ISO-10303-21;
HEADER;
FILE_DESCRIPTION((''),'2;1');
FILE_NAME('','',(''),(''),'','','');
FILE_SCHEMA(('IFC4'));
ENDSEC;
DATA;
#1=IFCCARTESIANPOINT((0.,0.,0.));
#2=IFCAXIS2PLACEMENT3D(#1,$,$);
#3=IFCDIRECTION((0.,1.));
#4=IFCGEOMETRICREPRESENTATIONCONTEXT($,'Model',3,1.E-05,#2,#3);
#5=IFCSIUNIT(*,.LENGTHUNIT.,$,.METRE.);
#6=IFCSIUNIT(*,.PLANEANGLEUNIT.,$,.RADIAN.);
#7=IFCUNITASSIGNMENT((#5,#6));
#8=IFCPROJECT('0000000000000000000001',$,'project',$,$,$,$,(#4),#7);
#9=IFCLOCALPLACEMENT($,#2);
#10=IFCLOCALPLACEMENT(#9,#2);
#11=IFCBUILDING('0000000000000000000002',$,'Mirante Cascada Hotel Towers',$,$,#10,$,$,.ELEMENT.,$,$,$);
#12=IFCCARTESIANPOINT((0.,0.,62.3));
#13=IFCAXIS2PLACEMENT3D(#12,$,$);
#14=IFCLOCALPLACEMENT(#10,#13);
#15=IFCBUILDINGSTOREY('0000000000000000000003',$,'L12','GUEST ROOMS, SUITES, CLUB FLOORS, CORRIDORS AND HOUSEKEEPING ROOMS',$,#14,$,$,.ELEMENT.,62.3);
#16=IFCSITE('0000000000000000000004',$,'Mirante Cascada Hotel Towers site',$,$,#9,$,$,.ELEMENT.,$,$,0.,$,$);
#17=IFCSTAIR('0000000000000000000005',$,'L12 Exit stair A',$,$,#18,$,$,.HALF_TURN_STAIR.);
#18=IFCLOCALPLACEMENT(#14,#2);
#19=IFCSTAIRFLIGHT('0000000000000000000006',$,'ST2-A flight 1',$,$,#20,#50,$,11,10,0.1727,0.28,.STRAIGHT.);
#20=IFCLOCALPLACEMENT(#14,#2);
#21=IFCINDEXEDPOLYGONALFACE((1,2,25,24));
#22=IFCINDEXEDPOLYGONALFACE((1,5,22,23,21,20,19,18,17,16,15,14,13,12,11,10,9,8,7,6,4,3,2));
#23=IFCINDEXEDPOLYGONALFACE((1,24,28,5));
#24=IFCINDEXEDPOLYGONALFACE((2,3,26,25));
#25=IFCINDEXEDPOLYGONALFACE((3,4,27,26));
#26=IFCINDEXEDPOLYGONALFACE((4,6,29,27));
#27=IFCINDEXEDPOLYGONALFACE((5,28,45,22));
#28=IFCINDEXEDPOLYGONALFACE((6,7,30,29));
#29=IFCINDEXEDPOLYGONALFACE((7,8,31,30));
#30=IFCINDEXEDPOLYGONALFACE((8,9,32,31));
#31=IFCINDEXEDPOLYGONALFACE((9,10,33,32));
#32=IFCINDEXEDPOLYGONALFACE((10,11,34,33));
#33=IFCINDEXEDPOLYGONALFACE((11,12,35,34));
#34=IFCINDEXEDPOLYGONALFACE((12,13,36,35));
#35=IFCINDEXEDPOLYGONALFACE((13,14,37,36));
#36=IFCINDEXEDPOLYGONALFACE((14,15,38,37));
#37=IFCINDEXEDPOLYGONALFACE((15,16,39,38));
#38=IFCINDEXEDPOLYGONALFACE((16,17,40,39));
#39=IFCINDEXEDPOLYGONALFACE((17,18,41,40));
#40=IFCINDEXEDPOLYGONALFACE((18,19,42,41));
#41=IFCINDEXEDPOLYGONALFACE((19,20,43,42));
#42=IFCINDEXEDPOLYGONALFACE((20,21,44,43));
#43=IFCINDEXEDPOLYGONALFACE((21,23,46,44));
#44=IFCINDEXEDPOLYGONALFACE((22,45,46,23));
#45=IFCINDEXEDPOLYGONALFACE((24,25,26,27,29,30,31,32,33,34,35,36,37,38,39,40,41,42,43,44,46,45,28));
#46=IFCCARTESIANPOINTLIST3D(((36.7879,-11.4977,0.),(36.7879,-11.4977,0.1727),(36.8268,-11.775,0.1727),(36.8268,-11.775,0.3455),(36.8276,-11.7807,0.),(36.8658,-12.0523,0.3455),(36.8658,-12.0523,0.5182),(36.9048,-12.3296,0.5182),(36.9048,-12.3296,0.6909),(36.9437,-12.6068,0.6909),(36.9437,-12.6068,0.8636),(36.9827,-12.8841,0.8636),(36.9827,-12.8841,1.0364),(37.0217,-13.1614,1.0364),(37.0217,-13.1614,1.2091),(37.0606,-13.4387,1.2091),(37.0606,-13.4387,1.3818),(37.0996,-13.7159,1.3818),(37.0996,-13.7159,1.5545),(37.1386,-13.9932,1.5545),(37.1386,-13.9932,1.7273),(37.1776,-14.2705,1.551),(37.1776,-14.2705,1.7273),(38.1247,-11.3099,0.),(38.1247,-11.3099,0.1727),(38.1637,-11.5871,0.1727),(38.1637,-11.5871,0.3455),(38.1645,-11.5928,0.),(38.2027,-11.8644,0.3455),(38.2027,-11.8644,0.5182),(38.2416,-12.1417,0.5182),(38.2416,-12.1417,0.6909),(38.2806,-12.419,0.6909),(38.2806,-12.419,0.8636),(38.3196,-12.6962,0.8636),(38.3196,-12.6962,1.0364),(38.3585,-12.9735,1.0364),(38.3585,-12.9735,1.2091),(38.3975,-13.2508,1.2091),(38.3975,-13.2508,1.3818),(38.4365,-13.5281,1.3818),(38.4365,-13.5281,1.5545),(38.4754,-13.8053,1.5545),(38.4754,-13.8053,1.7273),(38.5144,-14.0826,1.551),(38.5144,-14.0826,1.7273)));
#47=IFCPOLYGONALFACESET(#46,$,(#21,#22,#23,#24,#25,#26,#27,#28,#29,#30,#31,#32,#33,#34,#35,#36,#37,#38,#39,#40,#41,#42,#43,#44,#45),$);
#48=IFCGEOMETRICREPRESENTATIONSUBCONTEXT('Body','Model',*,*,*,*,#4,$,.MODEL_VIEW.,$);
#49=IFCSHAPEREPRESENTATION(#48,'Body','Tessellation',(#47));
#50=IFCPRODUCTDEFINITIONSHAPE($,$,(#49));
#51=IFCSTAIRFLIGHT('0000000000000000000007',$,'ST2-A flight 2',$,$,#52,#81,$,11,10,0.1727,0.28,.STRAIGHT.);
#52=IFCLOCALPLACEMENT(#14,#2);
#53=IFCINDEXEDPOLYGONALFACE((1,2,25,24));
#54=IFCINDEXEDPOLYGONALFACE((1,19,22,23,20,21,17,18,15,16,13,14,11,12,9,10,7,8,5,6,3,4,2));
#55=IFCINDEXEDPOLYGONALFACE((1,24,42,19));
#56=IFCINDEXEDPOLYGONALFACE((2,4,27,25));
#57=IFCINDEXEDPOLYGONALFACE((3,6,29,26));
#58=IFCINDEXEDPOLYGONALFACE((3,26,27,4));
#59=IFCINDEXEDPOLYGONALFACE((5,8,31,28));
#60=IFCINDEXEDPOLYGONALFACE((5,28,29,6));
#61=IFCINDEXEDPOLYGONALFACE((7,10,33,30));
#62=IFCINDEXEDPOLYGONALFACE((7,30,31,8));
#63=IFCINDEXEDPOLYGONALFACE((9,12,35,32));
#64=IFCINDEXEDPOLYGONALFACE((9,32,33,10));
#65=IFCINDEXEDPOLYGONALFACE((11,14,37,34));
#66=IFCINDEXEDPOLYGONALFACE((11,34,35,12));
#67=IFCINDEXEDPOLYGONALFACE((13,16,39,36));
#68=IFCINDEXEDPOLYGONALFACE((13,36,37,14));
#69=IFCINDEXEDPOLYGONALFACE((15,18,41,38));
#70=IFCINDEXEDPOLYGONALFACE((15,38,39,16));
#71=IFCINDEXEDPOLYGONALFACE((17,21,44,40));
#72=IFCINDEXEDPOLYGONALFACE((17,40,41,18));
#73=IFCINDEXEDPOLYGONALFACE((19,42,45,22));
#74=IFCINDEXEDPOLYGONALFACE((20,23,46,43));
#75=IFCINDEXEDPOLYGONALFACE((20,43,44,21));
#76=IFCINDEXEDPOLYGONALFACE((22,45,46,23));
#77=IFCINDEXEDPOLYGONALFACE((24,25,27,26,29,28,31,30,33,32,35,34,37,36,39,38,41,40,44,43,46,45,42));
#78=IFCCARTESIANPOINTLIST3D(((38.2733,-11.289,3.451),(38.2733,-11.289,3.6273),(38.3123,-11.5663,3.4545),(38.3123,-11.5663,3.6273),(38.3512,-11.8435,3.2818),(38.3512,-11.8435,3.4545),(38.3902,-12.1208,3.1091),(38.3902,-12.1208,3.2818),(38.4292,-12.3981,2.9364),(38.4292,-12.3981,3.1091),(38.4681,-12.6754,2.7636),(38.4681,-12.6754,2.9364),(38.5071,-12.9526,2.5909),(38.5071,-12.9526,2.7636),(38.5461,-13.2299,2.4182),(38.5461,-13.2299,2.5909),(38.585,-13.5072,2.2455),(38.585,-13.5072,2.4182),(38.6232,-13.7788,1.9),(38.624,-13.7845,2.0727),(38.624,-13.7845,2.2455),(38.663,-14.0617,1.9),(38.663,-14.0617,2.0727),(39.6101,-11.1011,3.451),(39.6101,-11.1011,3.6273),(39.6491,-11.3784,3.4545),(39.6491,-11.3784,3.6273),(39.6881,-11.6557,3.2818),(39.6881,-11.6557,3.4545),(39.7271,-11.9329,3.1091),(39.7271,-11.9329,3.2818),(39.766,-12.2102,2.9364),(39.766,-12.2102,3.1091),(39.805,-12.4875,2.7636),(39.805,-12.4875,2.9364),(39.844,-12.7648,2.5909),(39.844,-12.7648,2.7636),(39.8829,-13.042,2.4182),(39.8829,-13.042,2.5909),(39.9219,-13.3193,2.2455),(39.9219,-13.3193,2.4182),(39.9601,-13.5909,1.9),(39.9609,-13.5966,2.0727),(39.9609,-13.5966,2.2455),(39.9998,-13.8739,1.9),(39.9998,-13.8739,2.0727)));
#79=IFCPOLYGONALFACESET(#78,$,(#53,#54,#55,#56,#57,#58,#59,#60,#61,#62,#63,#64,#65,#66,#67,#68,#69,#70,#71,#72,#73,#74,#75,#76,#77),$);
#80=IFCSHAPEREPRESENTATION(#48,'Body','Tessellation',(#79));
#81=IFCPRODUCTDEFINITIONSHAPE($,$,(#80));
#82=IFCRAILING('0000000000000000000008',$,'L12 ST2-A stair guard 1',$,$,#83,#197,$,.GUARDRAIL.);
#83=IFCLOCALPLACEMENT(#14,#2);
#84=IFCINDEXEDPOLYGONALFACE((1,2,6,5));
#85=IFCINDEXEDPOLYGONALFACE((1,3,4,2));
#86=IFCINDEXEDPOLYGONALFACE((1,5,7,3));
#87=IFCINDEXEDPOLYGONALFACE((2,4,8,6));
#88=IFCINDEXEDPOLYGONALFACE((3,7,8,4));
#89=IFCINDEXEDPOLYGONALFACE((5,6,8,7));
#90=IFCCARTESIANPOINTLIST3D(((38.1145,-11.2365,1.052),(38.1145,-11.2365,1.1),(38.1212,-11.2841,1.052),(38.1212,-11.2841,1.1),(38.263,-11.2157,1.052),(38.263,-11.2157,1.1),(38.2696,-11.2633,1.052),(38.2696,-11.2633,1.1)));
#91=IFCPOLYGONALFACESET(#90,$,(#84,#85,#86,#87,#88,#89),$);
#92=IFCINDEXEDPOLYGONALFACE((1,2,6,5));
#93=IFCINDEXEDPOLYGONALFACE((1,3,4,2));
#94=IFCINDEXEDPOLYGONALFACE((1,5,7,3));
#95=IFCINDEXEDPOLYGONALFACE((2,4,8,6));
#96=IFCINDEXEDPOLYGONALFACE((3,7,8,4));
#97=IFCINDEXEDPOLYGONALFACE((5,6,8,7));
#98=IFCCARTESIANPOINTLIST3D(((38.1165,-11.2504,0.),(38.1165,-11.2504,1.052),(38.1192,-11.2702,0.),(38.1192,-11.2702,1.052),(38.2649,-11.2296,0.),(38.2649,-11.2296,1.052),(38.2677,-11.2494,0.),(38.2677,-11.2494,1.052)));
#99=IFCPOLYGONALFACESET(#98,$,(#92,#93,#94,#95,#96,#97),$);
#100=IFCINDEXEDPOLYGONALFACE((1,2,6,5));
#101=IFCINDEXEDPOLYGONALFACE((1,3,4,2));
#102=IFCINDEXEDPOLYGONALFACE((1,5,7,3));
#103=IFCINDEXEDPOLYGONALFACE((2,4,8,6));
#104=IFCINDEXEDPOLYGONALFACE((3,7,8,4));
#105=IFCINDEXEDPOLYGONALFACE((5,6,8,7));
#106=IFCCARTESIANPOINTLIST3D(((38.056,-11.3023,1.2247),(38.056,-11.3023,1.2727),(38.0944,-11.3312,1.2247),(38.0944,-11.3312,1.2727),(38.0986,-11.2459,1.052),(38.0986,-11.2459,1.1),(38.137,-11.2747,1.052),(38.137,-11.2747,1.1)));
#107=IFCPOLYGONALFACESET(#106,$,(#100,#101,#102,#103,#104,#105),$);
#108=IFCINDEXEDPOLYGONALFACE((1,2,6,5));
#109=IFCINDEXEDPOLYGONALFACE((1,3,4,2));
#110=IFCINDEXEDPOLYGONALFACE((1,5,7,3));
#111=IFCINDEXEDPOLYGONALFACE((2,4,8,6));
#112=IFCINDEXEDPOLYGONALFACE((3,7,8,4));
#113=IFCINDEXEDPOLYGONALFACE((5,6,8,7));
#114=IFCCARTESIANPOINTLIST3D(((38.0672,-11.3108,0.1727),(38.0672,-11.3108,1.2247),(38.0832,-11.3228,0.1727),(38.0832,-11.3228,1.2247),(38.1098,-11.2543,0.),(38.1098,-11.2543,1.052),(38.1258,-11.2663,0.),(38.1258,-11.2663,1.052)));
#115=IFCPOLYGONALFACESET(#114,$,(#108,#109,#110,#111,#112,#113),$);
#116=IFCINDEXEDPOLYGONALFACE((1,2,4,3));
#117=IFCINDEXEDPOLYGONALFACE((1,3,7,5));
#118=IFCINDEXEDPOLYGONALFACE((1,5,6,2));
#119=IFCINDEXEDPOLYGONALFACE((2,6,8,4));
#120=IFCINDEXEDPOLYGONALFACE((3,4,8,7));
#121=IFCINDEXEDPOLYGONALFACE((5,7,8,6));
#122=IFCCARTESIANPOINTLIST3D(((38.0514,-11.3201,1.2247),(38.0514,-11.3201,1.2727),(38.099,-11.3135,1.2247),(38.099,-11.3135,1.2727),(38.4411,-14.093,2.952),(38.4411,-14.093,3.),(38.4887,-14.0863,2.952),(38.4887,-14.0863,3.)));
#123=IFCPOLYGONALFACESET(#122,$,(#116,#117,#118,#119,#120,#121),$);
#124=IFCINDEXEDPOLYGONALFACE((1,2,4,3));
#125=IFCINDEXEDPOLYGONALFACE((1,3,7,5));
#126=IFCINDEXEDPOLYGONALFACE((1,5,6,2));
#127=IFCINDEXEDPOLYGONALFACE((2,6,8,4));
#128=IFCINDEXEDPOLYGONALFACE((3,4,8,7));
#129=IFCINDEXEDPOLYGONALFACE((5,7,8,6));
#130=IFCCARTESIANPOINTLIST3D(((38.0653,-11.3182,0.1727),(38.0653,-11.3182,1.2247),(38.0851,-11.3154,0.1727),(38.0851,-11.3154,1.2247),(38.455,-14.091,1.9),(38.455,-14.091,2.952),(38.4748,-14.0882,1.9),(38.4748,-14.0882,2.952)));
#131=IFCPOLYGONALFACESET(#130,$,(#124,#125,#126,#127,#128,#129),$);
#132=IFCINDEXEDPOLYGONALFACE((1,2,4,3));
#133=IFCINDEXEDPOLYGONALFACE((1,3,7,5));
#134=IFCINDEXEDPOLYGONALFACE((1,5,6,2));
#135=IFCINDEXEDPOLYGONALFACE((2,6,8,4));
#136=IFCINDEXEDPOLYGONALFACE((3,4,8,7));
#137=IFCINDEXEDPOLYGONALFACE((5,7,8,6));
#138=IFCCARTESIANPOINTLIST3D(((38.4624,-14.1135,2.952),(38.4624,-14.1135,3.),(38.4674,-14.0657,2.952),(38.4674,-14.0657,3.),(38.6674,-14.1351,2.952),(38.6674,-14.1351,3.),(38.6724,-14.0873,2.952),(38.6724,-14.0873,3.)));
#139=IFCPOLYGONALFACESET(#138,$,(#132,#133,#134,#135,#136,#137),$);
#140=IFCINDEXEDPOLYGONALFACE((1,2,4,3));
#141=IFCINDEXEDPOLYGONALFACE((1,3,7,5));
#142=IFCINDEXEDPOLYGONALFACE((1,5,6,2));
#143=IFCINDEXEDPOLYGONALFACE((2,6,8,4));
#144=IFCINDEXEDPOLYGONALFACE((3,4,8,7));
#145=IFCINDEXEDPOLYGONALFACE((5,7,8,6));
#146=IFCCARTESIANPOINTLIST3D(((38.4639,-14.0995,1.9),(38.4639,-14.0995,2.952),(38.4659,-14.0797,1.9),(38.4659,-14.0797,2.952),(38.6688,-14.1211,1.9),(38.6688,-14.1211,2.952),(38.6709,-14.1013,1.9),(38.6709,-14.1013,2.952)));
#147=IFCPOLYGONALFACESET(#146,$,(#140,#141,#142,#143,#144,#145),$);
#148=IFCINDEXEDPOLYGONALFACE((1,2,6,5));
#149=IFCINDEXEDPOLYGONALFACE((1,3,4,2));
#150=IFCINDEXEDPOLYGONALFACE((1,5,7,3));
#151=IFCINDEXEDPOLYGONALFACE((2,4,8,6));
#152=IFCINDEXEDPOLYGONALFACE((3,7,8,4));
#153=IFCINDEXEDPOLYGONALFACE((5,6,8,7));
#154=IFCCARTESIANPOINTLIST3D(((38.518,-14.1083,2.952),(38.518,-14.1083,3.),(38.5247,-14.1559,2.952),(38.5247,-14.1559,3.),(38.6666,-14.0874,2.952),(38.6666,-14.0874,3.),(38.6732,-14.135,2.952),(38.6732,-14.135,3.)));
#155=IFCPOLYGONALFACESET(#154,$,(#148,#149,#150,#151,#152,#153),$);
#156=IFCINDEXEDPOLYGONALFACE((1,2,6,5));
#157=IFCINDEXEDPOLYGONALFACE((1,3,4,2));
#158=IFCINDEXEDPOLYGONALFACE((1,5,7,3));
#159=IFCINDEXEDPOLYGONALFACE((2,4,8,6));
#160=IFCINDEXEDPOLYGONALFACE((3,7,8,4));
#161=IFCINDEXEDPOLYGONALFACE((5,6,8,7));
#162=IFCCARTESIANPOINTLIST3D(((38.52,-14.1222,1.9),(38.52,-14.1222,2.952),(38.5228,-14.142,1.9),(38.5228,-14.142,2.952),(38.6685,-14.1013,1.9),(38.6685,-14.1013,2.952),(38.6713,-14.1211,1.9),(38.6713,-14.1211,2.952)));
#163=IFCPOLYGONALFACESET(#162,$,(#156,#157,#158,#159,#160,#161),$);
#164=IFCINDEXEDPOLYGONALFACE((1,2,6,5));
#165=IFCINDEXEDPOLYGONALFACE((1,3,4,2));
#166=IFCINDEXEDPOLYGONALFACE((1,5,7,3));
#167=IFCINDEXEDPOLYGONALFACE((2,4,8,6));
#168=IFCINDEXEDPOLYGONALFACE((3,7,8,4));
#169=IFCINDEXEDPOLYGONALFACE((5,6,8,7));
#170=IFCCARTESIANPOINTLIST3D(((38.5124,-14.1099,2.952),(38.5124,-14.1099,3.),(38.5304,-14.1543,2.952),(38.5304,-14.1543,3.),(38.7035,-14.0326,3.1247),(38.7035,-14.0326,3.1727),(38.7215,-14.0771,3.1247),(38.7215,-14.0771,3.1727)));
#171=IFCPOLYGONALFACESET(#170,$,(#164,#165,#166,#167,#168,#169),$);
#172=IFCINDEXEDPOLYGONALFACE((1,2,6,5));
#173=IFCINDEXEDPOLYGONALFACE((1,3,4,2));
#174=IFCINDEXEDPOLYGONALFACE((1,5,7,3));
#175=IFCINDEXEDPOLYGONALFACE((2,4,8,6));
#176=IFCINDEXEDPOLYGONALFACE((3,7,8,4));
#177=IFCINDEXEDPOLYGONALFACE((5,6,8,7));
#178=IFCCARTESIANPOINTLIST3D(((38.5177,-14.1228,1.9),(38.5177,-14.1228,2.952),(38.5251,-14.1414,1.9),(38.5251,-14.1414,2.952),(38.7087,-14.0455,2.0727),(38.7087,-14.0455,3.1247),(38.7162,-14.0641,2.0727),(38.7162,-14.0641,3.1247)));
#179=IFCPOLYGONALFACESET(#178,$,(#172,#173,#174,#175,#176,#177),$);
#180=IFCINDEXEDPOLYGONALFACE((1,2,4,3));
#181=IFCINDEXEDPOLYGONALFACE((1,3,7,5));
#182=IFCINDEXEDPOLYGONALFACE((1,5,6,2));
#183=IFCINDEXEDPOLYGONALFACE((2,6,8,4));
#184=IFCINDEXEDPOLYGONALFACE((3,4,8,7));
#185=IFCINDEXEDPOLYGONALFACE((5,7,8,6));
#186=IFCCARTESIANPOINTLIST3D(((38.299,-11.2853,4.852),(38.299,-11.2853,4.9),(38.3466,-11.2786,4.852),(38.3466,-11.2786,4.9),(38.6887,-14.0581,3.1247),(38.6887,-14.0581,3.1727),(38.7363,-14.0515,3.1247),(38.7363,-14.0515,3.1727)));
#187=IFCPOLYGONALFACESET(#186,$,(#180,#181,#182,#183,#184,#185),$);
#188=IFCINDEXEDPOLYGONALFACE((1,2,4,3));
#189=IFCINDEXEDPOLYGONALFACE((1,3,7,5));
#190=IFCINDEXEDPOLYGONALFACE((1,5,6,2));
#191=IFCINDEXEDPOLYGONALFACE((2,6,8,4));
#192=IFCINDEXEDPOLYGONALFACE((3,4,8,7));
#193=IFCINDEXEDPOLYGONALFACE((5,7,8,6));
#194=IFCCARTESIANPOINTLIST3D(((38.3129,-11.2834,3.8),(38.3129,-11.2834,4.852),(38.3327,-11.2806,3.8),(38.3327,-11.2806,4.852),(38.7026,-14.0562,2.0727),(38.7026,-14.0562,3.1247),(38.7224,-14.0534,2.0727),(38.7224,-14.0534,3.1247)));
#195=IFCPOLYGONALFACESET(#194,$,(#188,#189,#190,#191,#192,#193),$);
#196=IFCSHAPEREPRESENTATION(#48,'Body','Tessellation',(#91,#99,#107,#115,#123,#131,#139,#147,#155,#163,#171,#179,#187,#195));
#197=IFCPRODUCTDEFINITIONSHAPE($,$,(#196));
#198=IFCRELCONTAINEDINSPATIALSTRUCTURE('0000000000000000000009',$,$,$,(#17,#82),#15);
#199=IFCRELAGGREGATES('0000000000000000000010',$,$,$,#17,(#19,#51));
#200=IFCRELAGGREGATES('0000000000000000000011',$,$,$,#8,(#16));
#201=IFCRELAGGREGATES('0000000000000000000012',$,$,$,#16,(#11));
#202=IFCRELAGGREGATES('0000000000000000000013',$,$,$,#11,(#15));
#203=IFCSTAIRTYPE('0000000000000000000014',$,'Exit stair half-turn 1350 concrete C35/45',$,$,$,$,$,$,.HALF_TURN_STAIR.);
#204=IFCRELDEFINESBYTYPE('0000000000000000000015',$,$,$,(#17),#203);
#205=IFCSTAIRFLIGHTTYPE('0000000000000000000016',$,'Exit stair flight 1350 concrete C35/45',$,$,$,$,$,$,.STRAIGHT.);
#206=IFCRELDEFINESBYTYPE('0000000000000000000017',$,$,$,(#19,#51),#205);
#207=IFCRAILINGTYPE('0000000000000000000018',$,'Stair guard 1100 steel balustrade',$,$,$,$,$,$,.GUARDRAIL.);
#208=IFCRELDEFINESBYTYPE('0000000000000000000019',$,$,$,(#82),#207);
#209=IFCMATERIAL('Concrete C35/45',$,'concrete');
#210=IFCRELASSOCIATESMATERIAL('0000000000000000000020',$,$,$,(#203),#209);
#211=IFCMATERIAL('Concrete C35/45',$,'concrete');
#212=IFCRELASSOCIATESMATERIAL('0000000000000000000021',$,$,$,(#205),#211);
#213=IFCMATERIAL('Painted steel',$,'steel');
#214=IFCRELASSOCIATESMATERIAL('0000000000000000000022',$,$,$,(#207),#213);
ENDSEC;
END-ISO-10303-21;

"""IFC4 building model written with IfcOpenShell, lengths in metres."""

from ifc_helpers import new_model, si_unit, direction, frame, origin, origin_2d, place, context, subcontext, project, spatial, polyline, rectangle, outline, extrude, material, type_object, element, aggregate, save


model = new_model("IFC4")

# Units and contexts
model_context = context("Model", 3, precision=1e-05, world=origin(), true_north=direction((0.0, 1.0)))
body_context = subcontext(model_context, "Body", "Model", "MODEL_VIEW")
ifc_project = project(units=[si_unit("LENGTHUNIT", "METRE"), si_unit("PLANEANGLEUNIT", "RADIAN")], contexts=[model_context])

# Site, building, storey
site_placement = place(None, origin())
site = spatial("IfcSite", under=ifc_project, at=site_placement, Name="Mirante Cascada Hotel Towers site", CompositionType="ELEMENT", RefElevation=0.0)
building_placement = place(site_placement, origin())
building = spatial("IfcBuilding", under=site, at=building_placement, Name="Mirante Cascada Hotel Towers", CompositionType="ELEMENT")
storey_placement = place(building_placement, frame((0.0, 0.0, 62.3)))
storey = spatial("IfcBuildingStorey", under=building, at=storey_placement, Name="L12", Description="GUEST ROOMS, SUITES, CLUB FLOORS, CORRIDORS AND HOUSEKEEPING ROOMS", CompositionType="ELEMENT", Elevation=62.3)

# Stair, stair flights
ifc_material_1 = material(Name="Concrete C35/45", Category="concrete")
stair_type = type_object("IfcStairType", Name="Exit stair half-turn 1350 concrete C35/45", PredefinedType="HALF_TURN_STAIR", material=ifc_material_1)
stair_placement = place(storey_placement, origin())
stair = element("IfcStair", 1, at=stair_placement, inside=storey, type_object=stair_type, Name="L12 Exit stair A", PredefinedType="HALF_TURN_STAIR")
ifc_material_2 = material(Name="Concrete C35/45", Category="concrete")
stair_flight_type = type_object("IfcStairFlightType", Name="Exit stair flight 1350 concrete C35/45", PredefinedType="STRAIGHT", material=ifc_material_2)
stair_flight_1_placement = place(storey_placement, frame((37.4563, -11.4038, 0.0), z_axis=(0.0, 0.0, 1.0), x_axis=(0.139173, -0.990268, 0.0)))
stair_flight_1 = element("IfcStairFlight", 2, at=stair_flight_1_placement, type_object=stair_flight_type, Name="ST2-A flight 1", NumberOfRisers=11, NumberOfTreads=10, PredefinedType="STRAIGHT", RiserHeight=0.1727, TreadLength=0.28, context=body_context, shape_type="SweptSolid", body=[
    extrude(outline(polyline([(0.0, 0.0), (0.0, 0.1727), (0.28, 0.1727), (0.28, 0.3455), (0.56, 0.3455), (0.56, 0.5182), (0.84, 0.5182), (0.84, 0.6909), (1.12, 0.6909), (1.12, 0.8636), (1.4, 0.8636), (1.4, 1.0364), (1.68, 1.0364), (1.68, 1.2091), (1.96, 1.2091), (1.96, 1.3818), (2.24, 1.3818), (2.24, 1.5545), (2.52, 1.5545), (2.52, 1.7273), (2.8, 1.7273), (2.8, 1.9), (2.8, 1.551), (0.2857, 0.0), (0.0, 0.0)])), frame((0.0, 0.675, 0.0), z_axis=(0.0, -1.0, 0.0), x_axis=(1.0, 0.0, 0.0)), (0.0, 0.0, 1.0), 1.35),
])
stair_flight_2_placement = place(storey_placement, frame((39.3314, -13.9678, 1.9), z_axis=(0.0, 0.0, 1.0), x_axis=(-0.139173, 0.990268, 0.0)))
stair_flight_2 = element("IfcStairFlight", 3, at=stair_flight_2_placement, type_object=stair_flight_type, Name="ST2-A flight 2", NumberOfRisers=11, NumberOfTreads=10, PredefinedType="STRAIGHT", RiserHeight=0.1727, TreadLength=0.28, context=body_context, shape_type="SweptSolid", body=[
    extrude(outline(polyline([(0.0, 0.0), (0.0, 0.1727), (0.28, 0.1727), (0.28, 0.3455), (0.56, 0.3455), (0.56, 0.5182), (0.84, 0.5182), (0.84, 0.6909), (1.12, 0.6909), (1.12, 0.8636), (1.4, 0.8636), (1.4, 1.0364), (1.68, 1.0364), (1.68, 1.2091), (1.96, 1.2091), (1.96, 1.3818), (2.24, 1.3818), (2.24, 1.5545), (2.52, 1.5545), (2.52, 1.7273), (2.8, 1.7273), (2.8, 1.9), (2.8, 1.551), (0.2857, 0.0), (0.0, 0.0)])), frame((0.0, 0.675, 0.0), z_axis=(0.0, -1.0, 0.0), x_axis=(1.0, 0.0, 0.0)), (0.0, 0.0, 1.0), 1.35),
])
aggregate(stair, [stair_flight_1, stair_flight_2])

# Railing
ifc_material_3 = material(Name="Painted steel", Category="steel")
railing_type = type_object("IfcRailingType", Name="Stair guard 1100 steel balustrade", PredefinedType="GUARDRAIL", material=ifc_material_3)
railing_placement = place(storey_placement, frame((38.2663, -11.2395, 0.0)))
element("IfcRailing", 4, at=railing_placement, inside=storey, type_object=railing_type, Name="L12 ST2-A stair guard 1", PredefinedType="GUARDRAIL", context=body_context, shape_type="SweptSolid", body=[
    extrude(rectangle(XDim=0.048, YDim=0.048, at=origin_2d()), frame((0.0, 0.0, 1.076), z_axis=(-0.990333, -0.138713, 0.0), x_axis=(0.138713, -0.990333, 0.0)), (0.0, 0.0, 1.0), 0.1499),
    extrude(rectangle(XDim=0.02, YDim=1.052, at=origin_2d()), frame((0.0, 0.0, 0.526), z_axis=(-0.990333, -0.138713, 0.0), x_axis=(0.138713, -0.990333, 0.0)), (0.0, 0.0, 1.0), 0.1499),
    extrude(rectangle(XDim=0.048, YDim=0.048, at=origin_2d()), frame((-0.1485, -0.0208, 1.076), z_axis=(-0.602033, -0.798471, 0.0), x_axis=(0.798471, -0.602033, 0.0)), (0.0, 0.92534, 0.379139), 0.1866),
    extrude(rectangle(XDim=0.02, YDim=1.052, at=origin_2d()), frame((-0.1485, -0.0208, 0.526), z_axis=(-0.602033, -0.798471, 0.0), x_axis=(0.798471, -0.602033, 0.0)), (0.0, 0.92534, 0.379139), 0.1866),
    extrude(rectangle(XDim=0.048, YDim=0.048, at=origin_2d()), frame((-0.1911, -0.0773, 1.2487), z_axis=(0.139176, -0.990268, 0.0), x_axis=(0.990268, 0.139176, 0.0)), (0.0, 0.525021, 0.851089), 3.29),
    extrude(rectangle(XDim=0.02, YDim=1.052, at=origin_2d()), frame((-0.1911, -0.0773, 0.6987), z_axis=(0.139176, -0.990268, 0.0), x_axis=(0.990268, 0.139176, 0.0)), (0.0, 0.525021, 0.851089), 3.29),
    extrude(rectangle(XDim=0.048, YDim=0.048, at=origin_2d()), frame((0.1986, -2.8501, 2.976), z_axis=(0.994495, -0.104786, 0.0), x_axis=(0.104786, 0.994495, 0.0)), (0.0, 0.0, 1.0), 0.2061),
    extrude(rectangle(XDim=0.02, YDim=1.052, at=origin_2d()), frame((0.1986, -2.8501, 2.426), z_axis=(0.994495, -0.104786, 0.0), x_axis=(0.104786, 0.994495, 0.0)), (0.0, 0.0, 1.0), 0.2061),
    extrude(rectangle(XDim=0.048, YDim=0.048, at=origin_2d()), frame((0.4036, -2.8717, 2.976), z_axis=(-0.990241, -0.139367, 0.0), x_axis=(0.139367, -0.990241, 0.0)), (0.0, 0.0, 1.0), 0.15),
    extrude(rectangle(XDim=0.02, YDim=1.052, at=origin_2d()), frame((0.4036, -2.8717, 2.426), z_axis=(-0.990241, -0.139367, 0.0), x_axis=(0.139367, -0.990241, 0.0)), (0.0, 0.0, 1.0), 0.15),
    extrude(rectangle(XDim=0.048, YDim=0.048, at=origin_2d()), frame((0.2551, -2.8926, 2.976), z_axis=(0.927031, 0.374984, 0.0), x_axis=(-0.374984, 0.927031, 0.0)), (0.0, 0.64219, 0.766545), 0.2689),
    extrude(rectangle(XDim=0.02, YDim=1.052, at=origin_2d()), frame((0.2551, -2.8926, 2.426), z_axis=(0.927031, 0.374984, 0.0), x_axis=(-0.374984, 0.927031, 0.0)), (0.0, 0.64219, 0.766545), 0.2689),
    extrude(rectangle(XDim=0.048, YDim=0.048, at=origin_2d()), frame((0.4462, -2.8153, 3.1487), z_axis=(-0.139176, 0.990268, 0.0), x_axis=(-0.990268, -0.139176, 0.0)), (0.0, 0.525021, 0.851089), 3.29),
    extrude(rectangle(XDim=0.02, YDim=1.052, at=origin_2d()), frame((0.4462, -2.8153, 2.5987), z_axis=(-0.139176, 0.990268, 0.0), x_axis=(-0.990268, -0.139176, 0.0)), (0.0, 0.525021, 0.851089), 3.29),
])

save(model, "model.ifc")
